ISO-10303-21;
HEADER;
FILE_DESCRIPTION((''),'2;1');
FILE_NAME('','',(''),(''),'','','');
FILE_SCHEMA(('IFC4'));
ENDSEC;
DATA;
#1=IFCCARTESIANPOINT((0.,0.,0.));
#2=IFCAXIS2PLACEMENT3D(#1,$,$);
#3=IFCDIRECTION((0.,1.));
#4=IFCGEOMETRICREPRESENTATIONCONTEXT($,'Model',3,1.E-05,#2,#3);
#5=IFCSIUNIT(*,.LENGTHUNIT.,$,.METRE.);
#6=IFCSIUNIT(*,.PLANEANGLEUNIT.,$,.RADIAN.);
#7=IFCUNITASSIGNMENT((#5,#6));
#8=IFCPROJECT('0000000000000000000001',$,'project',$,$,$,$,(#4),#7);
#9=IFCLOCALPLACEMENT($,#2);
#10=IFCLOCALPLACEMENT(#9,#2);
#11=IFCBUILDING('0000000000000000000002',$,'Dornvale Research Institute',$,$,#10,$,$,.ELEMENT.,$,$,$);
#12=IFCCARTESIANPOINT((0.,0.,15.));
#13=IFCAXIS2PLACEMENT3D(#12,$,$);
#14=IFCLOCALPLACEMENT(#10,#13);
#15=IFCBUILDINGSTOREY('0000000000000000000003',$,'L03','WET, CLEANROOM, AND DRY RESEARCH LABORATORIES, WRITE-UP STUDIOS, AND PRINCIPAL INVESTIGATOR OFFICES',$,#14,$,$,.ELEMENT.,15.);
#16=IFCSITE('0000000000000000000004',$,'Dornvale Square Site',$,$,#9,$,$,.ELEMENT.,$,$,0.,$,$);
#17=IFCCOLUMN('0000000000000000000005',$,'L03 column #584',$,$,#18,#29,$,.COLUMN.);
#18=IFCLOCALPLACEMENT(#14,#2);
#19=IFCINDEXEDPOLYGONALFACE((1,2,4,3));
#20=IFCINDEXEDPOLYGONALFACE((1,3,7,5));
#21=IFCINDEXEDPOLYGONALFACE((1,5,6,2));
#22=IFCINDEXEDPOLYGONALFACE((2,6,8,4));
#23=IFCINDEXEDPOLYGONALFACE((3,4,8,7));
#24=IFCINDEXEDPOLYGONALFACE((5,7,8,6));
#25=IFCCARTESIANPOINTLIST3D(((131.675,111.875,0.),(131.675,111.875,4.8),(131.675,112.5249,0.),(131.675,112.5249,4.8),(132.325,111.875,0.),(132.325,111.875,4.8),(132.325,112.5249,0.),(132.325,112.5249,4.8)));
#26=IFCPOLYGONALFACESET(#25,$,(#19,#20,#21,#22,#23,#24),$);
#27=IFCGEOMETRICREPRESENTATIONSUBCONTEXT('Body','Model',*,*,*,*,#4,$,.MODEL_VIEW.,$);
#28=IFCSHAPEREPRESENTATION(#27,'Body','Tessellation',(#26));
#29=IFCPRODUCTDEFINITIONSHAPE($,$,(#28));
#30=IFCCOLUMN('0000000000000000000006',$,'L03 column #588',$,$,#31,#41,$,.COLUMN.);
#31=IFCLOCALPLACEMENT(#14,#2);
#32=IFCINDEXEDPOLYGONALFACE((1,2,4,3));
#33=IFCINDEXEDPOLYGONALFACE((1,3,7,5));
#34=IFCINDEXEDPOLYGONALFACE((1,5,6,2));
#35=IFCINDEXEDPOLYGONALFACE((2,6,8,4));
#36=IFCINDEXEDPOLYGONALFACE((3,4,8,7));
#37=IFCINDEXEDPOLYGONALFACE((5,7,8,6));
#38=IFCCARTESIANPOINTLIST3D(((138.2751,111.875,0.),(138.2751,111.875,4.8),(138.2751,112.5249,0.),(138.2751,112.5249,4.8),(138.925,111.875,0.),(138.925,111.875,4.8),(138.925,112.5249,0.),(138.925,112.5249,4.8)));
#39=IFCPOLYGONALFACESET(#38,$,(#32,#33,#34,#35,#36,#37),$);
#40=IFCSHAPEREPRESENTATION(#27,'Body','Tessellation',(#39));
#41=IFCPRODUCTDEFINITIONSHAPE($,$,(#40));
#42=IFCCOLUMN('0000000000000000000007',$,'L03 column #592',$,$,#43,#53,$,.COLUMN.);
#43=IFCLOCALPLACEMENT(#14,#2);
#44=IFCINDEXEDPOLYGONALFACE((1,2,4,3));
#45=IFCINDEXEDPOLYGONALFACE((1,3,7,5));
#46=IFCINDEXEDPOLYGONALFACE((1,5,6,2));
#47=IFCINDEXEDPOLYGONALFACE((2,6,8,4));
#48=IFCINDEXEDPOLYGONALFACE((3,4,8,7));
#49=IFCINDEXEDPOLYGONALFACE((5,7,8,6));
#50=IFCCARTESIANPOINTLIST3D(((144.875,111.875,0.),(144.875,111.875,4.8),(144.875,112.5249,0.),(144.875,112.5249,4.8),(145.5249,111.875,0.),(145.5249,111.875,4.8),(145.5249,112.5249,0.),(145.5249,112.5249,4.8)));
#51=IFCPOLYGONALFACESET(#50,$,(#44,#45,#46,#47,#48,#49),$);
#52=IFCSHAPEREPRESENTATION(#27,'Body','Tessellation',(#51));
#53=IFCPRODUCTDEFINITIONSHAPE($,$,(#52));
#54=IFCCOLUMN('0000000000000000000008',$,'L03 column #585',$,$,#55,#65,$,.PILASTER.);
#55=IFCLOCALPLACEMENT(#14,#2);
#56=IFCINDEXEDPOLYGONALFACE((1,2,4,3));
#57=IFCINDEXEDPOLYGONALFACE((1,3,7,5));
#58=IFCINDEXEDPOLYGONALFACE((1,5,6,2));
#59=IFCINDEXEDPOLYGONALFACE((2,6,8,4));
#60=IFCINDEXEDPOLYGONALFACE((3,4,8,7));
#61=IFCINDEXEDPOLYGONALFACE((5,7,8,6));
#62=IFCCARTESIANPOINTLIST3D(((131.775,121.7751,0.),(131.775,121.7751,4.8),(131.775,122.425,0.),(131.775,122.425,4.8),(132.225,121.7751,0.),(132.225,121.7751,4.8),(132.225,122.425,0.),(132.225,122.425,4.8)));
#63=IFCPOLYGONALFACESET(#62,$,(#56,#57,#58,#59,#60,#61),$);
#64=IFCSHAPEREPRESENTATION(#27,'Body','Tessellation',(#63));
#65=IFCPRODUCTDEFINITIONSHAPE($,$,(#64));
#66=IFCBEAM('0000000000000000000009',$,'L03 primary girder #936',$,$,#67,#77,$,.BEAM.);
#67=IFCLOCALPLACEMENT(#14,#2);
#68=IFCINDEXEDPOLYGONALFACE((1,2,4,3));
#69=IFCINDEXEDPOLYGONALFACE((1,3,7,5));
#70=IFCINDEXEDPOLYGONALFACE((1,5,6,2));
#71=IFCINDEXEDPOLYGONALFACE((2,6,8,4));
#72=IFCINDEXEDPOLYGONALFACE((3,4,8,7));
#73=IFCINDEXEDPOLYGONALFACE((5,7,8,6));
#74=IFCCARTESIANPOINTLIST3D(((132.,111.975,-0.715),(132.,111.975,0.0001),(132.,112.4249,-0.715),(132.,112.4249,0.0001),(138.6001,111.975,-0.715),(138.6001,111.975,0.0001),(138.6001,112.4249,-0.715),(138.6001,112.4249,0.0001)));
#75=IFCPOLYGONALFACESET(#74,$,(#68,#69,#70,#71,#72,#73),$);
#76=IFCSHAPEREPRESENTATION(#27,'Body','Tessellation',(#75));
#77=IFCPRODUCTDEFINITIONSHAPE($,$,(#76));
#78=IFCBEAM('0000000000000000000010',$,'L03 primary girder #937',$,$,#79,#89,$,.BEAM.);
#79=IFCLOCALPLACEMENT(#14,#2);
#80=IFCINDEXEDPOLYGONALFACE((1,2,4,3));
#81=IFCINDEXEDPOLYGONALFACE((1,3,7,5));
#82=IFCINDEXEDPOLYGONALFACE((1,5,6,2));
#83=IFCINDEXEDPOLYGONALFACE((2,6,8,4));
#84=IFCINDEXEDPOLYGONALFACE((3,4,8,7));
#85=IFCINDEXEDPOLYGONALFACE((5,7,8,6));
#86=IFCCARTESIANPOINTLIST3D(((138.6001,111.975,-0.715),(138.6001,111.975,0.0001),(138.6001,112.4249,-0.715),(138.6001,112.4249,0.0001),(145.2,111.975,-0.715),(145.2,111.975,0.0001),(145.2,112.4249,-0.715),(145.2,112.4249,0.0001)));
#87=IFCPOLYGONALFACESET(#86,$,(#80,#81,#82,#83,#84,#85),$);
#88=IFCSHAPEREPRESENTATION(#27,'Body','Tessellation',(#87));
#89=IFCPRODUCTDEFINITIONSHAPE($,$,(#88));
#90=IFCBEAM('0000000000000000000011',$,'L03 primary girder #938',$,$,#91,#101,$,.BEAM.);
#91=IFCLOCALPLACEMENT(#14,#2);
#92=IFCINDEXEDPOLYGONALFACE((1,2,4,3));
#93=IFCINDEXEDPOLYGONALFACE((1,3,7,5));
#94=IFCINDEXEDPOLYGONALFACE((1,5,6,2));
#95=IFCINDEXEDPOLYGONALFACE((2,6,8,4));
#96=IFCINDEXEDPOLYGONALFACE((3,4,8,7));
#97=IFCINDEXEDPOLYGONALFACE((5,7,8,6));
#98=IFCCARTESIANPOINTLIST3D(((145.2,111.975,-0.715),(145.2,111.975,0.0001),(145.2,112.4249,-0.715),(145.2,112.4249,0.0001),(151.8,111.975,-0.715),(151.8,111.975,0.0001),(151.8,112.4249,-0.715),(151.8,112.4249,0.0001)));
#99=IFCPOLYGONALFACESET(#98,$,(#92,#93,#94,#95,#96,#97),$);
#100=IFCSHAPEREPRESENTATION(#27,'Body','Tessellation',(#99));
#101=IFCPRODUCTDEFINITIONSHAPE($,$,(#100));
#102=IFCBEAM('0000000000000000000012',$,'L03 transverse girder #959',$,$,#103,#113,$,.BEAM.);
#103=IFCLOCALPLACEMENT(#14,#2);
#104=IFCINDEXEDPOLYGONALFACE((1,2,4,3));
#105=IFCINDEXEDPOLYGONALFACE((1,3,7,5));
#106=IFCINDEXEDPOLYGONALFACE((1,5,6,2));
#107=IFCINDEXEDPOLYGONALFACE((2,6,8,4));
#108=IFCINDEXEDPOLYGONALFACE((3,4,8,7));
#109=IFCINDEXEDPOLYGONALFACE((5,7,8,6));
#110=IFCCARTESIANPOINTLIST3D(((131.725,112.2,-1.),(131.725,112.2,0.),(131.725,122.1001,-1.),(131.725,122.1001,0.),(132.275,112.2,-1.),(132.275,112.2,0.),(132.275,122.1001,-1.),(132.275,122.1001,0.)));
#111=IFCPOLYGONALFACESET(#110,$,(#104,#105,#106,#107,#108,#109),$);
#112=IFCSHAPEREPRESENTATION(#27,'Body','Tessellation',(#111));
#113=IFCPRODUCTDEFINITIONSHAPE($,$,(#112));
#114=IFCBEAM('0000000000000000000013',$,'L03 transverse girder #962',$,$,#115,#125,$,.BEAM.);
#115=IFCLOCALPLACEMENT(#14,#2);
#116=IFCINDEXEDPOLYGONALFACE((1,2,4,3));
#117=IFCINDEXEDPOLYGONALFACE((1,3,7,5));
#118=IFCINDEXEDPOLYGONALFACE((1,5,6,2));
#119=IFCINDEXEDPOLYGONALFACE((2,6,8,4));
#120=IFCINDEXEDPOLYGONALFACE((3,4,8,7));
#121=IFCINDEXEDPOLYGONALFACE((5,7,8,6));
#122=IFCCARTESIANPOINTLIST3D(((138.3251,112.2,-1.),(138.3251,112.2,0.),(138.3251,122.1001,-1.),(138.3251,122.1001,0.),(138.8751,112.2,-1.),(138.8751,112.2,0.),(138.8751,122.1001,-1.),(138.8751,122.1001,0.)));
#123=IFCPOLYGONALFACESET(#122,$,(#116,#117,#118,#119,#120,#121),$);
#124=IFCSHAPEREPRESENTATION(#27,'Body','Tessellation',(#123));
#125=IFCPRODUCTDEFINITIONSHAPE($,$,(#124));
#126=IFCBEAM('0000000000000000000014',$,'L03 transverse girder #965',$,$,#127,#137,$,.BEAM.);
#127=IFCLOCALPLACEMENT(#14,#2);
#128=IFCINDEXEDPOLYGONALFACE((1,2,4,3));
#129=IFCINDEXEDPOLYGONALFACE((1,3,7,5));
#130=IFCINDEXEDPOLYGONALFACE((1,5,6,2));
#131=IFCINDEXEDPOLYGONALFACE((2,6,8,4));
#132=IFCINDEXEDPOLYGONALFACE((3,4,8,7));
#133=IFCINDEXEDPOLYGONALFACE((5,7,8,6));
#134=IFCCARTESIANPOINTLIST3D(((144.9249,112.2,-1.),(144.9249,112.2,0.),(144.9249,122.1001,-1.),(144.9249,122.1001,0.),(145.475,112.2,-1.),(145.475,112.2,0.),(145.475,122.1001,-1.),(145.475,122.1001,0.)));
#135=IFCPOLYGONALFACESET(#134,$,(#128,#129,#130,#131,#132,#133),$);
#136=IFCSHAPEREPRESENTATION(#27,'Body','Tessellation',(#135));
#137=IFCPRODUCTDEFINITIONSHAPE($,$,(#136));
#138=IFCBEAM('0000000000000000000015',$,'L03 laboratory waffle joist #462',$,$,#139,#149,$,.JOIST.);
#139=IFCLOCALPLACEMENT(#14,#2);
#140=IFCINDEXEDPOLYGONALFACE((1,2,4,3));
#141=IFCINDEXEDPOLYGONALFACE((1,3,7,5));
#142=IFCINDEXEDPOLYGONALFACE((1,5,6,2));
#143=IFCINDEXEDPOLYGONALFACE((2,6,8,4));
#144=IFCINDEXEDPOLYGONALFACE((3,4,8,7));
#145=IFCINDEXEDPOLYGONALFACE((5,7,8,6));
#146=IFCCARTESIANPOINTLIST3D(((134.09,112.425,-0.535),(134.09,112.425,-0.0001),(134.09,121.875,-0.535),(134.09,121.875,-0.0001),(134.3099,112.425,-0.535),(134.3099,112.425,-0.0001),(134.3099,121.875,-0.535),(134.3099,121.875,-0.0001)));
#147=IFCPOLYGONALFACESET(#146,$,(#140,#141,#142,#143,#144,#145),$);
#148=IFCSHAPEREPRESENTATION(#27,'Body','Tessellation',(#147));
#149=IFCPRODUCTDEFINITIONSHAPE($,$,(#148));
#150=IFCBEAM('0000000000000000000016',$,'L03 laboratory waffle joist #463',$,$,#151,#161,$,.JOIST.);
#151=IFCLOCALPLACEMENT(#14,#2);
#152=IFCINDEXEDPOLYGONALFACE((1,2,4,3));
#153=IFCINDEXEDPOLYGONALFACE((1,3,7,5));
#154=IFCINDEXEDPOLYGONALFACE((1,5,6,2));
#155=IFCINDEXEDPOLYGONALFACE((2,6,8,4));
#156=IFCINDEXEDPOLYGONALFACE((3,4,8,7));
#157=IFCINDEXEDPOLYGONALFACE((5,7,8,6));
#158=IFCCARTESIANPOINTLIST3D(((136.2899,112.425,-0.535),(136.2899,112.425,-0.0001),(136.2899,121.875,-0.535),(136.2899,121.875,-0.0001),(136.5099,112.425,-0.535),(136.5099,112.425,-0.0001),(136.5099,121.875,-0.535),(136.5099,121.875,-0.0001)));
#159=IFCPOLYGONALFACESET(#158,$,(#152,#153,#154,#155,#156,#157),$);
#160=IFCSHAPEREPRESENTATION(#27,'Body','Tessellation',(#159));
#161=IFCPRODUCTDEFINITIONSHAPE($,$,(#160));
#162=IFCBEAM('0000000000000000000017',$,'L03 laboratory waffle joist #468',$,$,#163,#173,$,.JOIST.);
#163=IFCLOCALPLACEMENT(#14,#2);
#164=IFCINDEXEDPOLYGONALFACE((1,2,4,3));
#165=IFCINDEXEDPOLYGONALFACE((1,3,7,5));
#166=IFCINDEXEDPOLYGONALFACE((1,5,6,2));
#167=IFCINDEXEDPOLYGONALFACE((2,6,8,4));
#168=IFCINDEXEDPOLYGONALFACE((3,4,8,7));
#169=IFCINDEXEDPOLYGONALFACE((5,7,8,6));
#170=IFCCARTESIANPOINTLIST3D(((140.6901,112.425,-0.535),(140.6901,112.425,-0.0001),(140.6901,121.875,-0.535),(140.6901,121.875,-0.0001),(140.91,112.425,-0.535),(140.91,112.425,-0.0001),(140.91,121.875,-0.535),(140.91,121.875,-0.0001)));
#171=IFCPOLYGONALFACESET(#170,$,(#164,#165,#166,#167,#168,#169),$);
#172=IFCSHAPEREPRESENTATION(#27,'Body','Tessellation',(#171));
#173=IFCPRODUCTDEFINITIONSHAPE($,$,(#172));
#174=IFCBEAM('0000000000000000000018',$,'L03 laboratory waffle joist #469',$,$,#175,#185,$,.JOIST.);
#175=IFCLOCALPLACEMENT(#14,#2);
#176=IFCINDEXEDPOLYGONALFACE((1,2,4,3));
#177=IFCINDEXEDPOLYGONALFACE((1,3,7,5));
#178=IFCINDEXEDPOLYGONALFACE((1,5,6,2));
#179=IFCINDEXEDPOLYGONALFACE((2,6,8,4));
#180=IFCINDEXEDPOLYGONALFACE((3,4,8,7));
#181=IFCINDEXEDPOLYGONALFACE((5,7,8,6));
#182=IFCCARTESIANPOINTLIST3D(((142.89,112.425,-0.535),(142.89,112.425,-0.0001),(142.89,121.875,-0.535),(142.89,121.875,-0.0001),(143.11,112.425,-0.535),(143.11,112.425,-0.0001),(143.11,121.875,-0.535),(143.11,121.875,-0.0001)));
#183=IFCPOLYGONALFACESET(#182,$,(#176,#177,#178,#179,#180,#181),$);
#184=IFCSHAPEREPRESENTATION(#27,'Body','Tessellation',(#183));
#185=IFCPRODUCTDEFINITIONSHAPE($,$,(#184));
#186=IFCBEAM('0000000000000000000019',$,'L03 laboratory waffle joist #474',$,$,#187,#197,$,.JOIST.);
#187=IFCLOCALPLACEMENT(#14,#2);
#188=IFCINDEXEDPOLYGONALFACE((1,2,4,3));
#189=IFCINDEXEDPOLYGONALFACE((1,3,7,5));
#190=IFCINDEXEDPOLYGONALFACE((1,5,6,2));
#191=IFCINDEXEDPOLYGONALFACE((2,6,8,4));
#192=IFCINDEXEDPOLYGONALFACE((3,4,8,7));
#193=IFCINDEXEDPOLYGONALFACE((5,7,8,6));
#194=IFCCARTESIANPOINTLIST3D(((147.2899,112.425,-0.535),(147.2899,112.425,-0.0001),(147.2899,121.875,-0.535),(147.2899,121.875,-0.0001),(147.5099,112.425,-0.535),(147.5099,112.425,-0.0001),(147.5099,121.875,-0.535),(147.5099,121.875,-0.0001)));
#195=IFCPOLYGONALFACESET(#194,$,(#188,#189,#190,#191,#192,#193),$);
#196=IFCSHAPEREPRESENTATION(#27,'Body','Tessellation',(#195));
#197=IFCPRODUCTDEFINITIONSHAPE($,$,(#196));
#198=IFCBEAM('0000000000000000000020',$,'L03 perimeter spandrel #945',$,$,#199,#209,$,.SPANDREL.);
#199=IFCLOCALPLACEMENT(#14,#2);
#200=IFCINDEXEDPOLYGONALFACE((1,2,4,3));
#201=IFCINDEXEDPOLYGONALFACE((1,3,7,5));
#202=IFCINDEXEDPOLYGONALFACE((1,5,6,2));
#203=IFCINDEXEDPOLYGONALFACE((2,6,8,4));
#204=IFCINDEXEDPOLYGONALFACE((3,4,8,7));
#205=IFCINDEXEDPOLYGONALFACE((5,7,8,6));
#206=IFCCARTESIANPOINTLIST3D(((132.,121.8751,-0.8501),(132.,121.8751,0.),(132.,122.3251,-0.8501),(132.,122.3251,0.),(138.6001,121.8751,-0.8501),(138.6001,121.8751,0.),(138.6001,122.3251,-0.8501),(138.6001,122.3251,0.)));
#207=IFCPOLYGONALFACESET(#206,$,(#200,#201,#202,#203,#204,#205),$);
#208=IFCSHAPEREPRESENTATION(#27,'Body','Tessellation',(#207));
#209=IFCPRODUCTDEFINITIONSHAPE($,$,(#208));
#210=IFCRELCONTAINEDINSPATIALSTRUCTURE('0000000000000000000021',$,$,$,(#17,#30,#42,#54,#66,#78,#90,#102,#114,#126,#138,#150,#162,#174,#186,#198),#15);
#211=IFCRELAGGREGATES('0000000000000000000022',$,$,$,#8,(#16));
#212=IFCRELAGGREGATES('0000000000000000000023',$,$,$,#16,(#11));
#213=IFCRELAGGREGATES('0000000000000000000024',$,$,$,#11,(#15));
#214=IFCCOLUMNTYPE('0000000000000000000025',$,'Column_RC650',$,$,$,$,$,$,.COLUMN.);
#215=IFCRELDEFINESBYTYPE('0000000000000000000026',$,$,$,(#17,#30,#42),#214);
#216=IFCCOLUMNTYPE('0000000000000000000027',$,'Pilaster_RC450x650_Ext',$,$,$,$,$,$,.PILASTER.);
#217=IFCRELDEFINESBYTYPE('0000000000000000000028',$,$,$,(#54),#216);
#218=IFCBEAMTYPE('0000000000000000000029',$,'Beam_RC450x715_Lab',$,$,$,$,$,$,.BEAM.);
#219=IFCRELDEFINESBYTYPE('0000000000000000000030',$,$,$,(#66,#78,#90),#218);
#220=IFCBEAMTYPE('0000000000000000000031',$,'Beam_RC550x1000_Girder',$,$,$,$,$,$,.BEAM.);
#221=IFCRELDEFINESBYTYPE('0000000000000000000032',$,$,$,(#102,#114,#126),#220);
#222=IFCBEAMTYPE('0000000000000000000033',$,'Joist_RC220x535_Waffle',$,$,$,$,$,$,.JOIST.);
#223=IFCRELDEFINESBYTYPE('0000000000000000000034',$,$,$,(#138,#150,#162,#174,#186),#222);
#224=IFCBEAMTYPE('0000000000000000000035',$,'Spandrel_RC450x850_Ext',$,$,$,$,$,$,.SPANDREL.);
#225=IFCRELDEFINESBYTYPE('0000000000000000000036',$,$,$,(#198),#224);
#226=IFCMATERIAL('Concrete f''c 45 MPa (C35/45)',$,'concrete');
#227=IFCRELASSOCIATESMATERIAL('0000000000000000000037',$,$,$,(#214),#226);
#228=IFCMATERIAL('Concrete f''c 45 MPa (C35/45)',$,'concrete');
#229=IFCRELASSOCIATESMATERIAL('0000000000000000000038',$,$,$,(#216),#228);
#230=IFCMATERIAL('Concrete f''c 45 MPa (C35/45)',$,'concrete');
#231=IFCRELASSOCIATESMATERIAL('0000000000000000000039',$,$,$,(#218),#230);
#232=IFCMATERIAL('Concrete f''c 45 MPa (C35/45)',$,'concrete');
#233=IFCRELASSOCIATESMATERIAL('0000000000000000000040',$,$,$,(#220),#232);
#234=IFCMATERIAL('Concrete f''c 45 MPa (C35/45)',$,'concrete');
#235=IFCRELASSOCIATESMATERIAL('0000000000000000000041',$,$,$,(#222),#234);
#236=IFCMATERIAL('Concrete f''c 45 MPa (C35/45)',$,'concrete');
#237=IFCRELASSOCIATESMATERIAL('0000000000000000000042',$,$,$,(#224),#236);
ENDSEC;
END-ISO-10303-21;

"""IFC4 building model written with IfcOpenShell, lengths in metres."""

from ifc_helpers import new_model, si_unit, direction, frame, origin, origin_2d, place, context, subcontext, project, spatial, rectangle, extrude, material, material_profile, profile_set, type_object, element, save


model = new_model("IFC4")

# Units and contexts
model_context = context("Model", 3, precision=1e-05, world=origin(), true_north=direction((0.0, 1.0)))
body_context = subcontext(model_context, "Body", "Model", "MODEL_VIEW")
ifc_project = project(units=[si_unit("LENGTHUNIT", "METRE"), si_unit("PLANEANGLEUNIT", "RADIAN")], contexts=[model_context])

# Site, building, storey
site_placement = place(None, origin())
site = spatial("IfcSite", under=ifc_project, at=site_placement, Name="Dornvale Square Site", CompositionType="ELEMENT", RefElevation=0.0)
building_placement = place(site_placement, origin())
building = spatial("IfcBuilding", under=site, at=building_placement, Name="Dornvale Research Institute", CompositionType="ELEMENT")
storey_placement = place(building_placement, frame((0.0, 0.0, 15.0)))
storey = spatial("IfcBuildingStorey", under=building, at=storey_placement, Name="L03", Description="WET, CLEANROOM, AND DRY RESEARCH LABORATORIES, WRITE-UP STUDIOS, AND PRINCIPAL INVESTIGATOR OFFICES", CompositionType="ELEMENT", Elevation=15.0)

# Columns
ifc_material_1 = material(Name="Concrete f'c 45 MPa (C35/45)", Category="concrete")
ifc_material_profile_1 = material_profile(ifc_material_1, rectangle(XDim=0.6499, YDim=0.6499, at=origin_2d()), Name="RC 650x650")
ifc_profile_set_1 = profile_set([ifc_material_profile_1], Name="Concrete f'c 45 MPa (C35/45)")
column_type_1 = type_object("IfcColumnType", Name="Column_RC650", PredefinedType="COLUMN", material=ifc_profile_set_1)
for number, where, z_axis, x_axis, name in (
    (1, (132.0, 112.2, 0.0), (0.0, 0.0, 1.0), (1.0, 0.0, 0.0), "L03 column #584"),
    (2, (138.6001, 112.2, 0.0), (0.0, 0.0, 1.0), (1.0, 0.0, 0.0), "L03 column #588"),
    (3, (145.2, 112.2, 0.0), (0.0, 0.0, 1.0), (1.0, 0.0, 0.0), "L03 column #592"),
):
    element("IfcColumn", number, at=place(storey_placement, frame(where, z_axis=z_axis, x_axis=x_axis)), inside=storey, type_object=column_type_1, Name=name, PredefinedType="COLUMN", context=body_context, shape_type="SweptSolid", body=[
        extrude(rectangle(XDim=0.6499, YDim=0.6499, at=origin_2d()), origin(), (0.0, 0.0, 1.0), 4.8),
    ])
ifc_material_2 = material(Name="Concrete f'c 45 MPa (C35/45)", Category="concrete")
ifc_material_profile_2 = material_profile(ifc_material_2, rectangle(XDim=0.45, YDim=0.6499, at=origin_2d()), Name="RC 450x650")
ifc_profile_set_2 = profile_set([ifc_material_profile_2], Name="Concrete f'c 45 MPa (C35/45)")
column_type_2 = type_object("IfcColumnType", Name="Pilaster_RC450x650_Ext", PredefinedType="PILASTER", material=ifc_profile_set_2)
column_placement = place(storey_placement, frame((132.0, 122.1001, 0.0), z_axis=(0.0, 0.0, 1.0), x_axis=(1.0, 0.0, 0.0)))
element("IfcColumn", 4, at=column_placement, inside=storey, type_object=column_type_2, Name="L03 column #585", PredefinedType="PILASTER", context=body_context, shape_type="SweptSolid", body=[
    extrude(rectangle(XDim=0.45, YDim=0.6499, at=origin_2d()), origin(), (0.0, 0.0, 1.0), 4.8),
])

# Beams
ifc_material_3 = material(Name="Concrete f'c 45 MPa (C35/45)", Category="concrete")
ifc_material_profile_3 = material_profile(ifc_material_3, rectangle(XDim=0.45, YDim=0.7151, at=origin_2d()), Name="RC 450x715")
ifc_profile_set_3 = profile_set([ifc_material_profile_3], Name="Concrete f'c 45 MPa (C35/45)")
beam_type_1 = type_object("IfcBeamType", Name="Beam_RC450x715_Lab", PredefinedType="BEAM", material=ifc_profile_set_3)
beam_1_placement = place(storey_placement, frame((132.0, 112.2, -0.3574), z_axis=(1.0, 0.0, 0.0), x_axis=(0.0, 1.0, 0.0)))
element("IfcBeam", 5, at=beam_1_placement, inside=storey, type_object=beam_type_1, Name="L03 primary girder #936", PredefinedType="BEAM", context=body_context, shape_type="SweptSolid", body=[
    extrude(rectangle(XDim=0.45, YDim=0.7151, at=origin_2d()), origin(), (0.0, 0.0, 1.0), 6.6001),
])
beam_2_placement = place(storey_placement, frame((138.6001, 112.2, -0.3574), z_axis=(1.0, 0.0, 0.0), x_axis=(0.0, 1.0, 0.0)))
element("IfcBeam", 6, at=beam_2_placement, inside=storey, type_object=beam_type_1, Name="L03 primary girder #937", PredefinedType="BEAM", context=body_context, shape_type="SweptSolid", body=[
    extrude(rectangle(XDim=0.45, YDim=0.7151, at=origin_2d()), origin(), (0.0, 0.0, 1.0), 6.5999),
])
beam_3_placement = place(storey_placement, frame((145.2, 112.2, -0.3574), z_axis=(1.0, 0.0, 0.0), x_axis=(0.0, 1.0, 0.0)))
element("IfcBeam", 7, at=beam_3_placement, inside=storey, type_object=beam_type_1, Name="L03 primary girder #938", PredefinedType="BEAM", context=body_context, shape_type="SweptSolid", body=[
    extrude(rectangle(XDim=0.45, YDim=0.7151, at=origin_2d()), origin(), (0.0, 0.0, 1.0), 6.6001),
])
ifc_material_4 = material(Name="Concrete f'c 45 MPa (C35/45)", Category="concrete")
ifc_material_profile_4 = material_profile(ifc_material_4, rectangle(XDim=0.55, YDim=1.0, at=origin_2d()), Name="RC 550x1000")
ifc_profile_set_4 = profile_set([ifc_material_profile_4], Name="Concrete f'c 45 MPa (C35/45)")
beam_type_2 = type_object("IfcBeamType", Name="Beam_RC550x1000_Girder", PredefinedType="BEAM", material=ifc_profile_set_4)
for number, where, z_axis, x_axis, name in (
    (8, (132.0, 112.2, -0.5), (0.0, 1.0, 0.0), (-1.0, 0.0, 0.0), "L03 transverse girder #959"),
    (9, (138.6001, 112.2, -0.5), (0.0, 1.0, 0.0), (-1.0, 0.0, 0.0), "L03 transverse girder #962"),
    (10, (145.2, 112.2, -0.5), (0.0, 1.0, 0.0), (-1.0, 0.0, 0.0), "L03 transverse girder #965"),
):
    element("IfcBeam", number, at=place(storey_placement, frame(where, z_axis=z_axis, x_axis=x_axis)), inside=storey, type_object=beam_type_2, Name=name, PredefinedType="BEAM", context=body_context, shape_type="SweptSolid", body=[
        extrude(rectangle(XDim=0.55, YDim=1.0, at=origin_2d()), origin(), (0.0, 0.0, 1.0), 9.9001),
    ])
ifc_material_5 = material(Name="Concrete f'c 45 MPa (C35/45)", Category="concrete")
ifc_material_profile_5 = material_profile(ifc_material_5, rectangle(XDim=0.22, YDim=0.5349, at=origin_2d()), Name="RC 220x535")
ifc_profile_set_5 = profile_set([ifc_material_profile_5], Name="Concrete f'c 45 MPa (C35/45)")
beam_type_3 = type_object("IfcBeamType", Name="Joist_RC220x535_Waffle", PredefinedType="JOIST", material=ifc_profile_set_5)
for number, where, z_axis, x_axis, name in (
    (11, (134.2, 112.425, -0.2676), (0.0, 1.0, 0.0), (-1.0, 0.0, 0.0), "L03 laboratory waffle joist #462"),
    (12, (136.3999, 112.425, -0.2676), (0.0, 1.0, 0.0), (-1.0, 0.0, 0.0), "L03 laboratory waffle joist #463"),
    (13, (140.8, 112.425, -0.2676), (0.0, 1.0, 0.0), (-1.0, 0.0, 0.0), "L03 laboratory waffle joist #468"),
    (14, (143.0, 112.425, -0.2676), (0.0, 1.0, 0.0), (-1.0, 0.0, 0.0), "L03 laboratory waffle joist #469"),
    (15, (147.3999, 112.425, -0.2676), (0.0, 1.0, 0.0), (-1.0, 0.0, 0.0), "L03 laboratory waffle joist #474"),
):
    element("IfcBeam", number, at=place(storey_placement, frame(where, z_axis=z_axis, x_axis=x_axis)), inside=storey, type_object=beam_type_3, Name=name, PredefinedType="JOIST", context=body_context, shape_type="SweptSolid", body=[
        extrude(rectangle(XDim=0.22, YDim=0.5349, at=origin_2d()), origin(), (0.0, 0.0, 1.0), 9.45),
    ])
ifc_material_6 = material(Name="Concrete f'c 45 MPa (C35/45)", Category="concrete")
ifc_material_profile_6 = material_profile(ifc_material_6, rectangle(XDim=0.45, YDim=0.8501, at=origin_2d()), Name="RC 450x850")
ifc_profile_set_6 = profile_set([ifc_material_profile_6], Name="Concrete f'c 45 MPa (C35/45)")
beam_type_4 = type_object("IfcBeamType", Name="Spandrel_RC450x850_Ext", PredefinedType="SPANDREL", material=ifc_profile_set_6)
beam_4_placement = place(storey_placement, frame((132.0, 122.1001, -0.425), z_axis=(1.0, 0.0, 0.0), x_axis=(0.0, 1.0, 0.0)))
element("IfcBeam", 16, at=beam_4_placement, inside=storey, type_object=beam_type_4, Name="L03 perimeter spandrel #945", PredefinedType="SPANDREL", context=body_context, shape_type="SweptSolid", body=[
    extrude(rectangle(XDim=0.45, YDim=0.8501, at=origin_2d()), origin(), (0.0, 0.0, 1.0), 6.6001),
])

save(model, "model.ifc")
